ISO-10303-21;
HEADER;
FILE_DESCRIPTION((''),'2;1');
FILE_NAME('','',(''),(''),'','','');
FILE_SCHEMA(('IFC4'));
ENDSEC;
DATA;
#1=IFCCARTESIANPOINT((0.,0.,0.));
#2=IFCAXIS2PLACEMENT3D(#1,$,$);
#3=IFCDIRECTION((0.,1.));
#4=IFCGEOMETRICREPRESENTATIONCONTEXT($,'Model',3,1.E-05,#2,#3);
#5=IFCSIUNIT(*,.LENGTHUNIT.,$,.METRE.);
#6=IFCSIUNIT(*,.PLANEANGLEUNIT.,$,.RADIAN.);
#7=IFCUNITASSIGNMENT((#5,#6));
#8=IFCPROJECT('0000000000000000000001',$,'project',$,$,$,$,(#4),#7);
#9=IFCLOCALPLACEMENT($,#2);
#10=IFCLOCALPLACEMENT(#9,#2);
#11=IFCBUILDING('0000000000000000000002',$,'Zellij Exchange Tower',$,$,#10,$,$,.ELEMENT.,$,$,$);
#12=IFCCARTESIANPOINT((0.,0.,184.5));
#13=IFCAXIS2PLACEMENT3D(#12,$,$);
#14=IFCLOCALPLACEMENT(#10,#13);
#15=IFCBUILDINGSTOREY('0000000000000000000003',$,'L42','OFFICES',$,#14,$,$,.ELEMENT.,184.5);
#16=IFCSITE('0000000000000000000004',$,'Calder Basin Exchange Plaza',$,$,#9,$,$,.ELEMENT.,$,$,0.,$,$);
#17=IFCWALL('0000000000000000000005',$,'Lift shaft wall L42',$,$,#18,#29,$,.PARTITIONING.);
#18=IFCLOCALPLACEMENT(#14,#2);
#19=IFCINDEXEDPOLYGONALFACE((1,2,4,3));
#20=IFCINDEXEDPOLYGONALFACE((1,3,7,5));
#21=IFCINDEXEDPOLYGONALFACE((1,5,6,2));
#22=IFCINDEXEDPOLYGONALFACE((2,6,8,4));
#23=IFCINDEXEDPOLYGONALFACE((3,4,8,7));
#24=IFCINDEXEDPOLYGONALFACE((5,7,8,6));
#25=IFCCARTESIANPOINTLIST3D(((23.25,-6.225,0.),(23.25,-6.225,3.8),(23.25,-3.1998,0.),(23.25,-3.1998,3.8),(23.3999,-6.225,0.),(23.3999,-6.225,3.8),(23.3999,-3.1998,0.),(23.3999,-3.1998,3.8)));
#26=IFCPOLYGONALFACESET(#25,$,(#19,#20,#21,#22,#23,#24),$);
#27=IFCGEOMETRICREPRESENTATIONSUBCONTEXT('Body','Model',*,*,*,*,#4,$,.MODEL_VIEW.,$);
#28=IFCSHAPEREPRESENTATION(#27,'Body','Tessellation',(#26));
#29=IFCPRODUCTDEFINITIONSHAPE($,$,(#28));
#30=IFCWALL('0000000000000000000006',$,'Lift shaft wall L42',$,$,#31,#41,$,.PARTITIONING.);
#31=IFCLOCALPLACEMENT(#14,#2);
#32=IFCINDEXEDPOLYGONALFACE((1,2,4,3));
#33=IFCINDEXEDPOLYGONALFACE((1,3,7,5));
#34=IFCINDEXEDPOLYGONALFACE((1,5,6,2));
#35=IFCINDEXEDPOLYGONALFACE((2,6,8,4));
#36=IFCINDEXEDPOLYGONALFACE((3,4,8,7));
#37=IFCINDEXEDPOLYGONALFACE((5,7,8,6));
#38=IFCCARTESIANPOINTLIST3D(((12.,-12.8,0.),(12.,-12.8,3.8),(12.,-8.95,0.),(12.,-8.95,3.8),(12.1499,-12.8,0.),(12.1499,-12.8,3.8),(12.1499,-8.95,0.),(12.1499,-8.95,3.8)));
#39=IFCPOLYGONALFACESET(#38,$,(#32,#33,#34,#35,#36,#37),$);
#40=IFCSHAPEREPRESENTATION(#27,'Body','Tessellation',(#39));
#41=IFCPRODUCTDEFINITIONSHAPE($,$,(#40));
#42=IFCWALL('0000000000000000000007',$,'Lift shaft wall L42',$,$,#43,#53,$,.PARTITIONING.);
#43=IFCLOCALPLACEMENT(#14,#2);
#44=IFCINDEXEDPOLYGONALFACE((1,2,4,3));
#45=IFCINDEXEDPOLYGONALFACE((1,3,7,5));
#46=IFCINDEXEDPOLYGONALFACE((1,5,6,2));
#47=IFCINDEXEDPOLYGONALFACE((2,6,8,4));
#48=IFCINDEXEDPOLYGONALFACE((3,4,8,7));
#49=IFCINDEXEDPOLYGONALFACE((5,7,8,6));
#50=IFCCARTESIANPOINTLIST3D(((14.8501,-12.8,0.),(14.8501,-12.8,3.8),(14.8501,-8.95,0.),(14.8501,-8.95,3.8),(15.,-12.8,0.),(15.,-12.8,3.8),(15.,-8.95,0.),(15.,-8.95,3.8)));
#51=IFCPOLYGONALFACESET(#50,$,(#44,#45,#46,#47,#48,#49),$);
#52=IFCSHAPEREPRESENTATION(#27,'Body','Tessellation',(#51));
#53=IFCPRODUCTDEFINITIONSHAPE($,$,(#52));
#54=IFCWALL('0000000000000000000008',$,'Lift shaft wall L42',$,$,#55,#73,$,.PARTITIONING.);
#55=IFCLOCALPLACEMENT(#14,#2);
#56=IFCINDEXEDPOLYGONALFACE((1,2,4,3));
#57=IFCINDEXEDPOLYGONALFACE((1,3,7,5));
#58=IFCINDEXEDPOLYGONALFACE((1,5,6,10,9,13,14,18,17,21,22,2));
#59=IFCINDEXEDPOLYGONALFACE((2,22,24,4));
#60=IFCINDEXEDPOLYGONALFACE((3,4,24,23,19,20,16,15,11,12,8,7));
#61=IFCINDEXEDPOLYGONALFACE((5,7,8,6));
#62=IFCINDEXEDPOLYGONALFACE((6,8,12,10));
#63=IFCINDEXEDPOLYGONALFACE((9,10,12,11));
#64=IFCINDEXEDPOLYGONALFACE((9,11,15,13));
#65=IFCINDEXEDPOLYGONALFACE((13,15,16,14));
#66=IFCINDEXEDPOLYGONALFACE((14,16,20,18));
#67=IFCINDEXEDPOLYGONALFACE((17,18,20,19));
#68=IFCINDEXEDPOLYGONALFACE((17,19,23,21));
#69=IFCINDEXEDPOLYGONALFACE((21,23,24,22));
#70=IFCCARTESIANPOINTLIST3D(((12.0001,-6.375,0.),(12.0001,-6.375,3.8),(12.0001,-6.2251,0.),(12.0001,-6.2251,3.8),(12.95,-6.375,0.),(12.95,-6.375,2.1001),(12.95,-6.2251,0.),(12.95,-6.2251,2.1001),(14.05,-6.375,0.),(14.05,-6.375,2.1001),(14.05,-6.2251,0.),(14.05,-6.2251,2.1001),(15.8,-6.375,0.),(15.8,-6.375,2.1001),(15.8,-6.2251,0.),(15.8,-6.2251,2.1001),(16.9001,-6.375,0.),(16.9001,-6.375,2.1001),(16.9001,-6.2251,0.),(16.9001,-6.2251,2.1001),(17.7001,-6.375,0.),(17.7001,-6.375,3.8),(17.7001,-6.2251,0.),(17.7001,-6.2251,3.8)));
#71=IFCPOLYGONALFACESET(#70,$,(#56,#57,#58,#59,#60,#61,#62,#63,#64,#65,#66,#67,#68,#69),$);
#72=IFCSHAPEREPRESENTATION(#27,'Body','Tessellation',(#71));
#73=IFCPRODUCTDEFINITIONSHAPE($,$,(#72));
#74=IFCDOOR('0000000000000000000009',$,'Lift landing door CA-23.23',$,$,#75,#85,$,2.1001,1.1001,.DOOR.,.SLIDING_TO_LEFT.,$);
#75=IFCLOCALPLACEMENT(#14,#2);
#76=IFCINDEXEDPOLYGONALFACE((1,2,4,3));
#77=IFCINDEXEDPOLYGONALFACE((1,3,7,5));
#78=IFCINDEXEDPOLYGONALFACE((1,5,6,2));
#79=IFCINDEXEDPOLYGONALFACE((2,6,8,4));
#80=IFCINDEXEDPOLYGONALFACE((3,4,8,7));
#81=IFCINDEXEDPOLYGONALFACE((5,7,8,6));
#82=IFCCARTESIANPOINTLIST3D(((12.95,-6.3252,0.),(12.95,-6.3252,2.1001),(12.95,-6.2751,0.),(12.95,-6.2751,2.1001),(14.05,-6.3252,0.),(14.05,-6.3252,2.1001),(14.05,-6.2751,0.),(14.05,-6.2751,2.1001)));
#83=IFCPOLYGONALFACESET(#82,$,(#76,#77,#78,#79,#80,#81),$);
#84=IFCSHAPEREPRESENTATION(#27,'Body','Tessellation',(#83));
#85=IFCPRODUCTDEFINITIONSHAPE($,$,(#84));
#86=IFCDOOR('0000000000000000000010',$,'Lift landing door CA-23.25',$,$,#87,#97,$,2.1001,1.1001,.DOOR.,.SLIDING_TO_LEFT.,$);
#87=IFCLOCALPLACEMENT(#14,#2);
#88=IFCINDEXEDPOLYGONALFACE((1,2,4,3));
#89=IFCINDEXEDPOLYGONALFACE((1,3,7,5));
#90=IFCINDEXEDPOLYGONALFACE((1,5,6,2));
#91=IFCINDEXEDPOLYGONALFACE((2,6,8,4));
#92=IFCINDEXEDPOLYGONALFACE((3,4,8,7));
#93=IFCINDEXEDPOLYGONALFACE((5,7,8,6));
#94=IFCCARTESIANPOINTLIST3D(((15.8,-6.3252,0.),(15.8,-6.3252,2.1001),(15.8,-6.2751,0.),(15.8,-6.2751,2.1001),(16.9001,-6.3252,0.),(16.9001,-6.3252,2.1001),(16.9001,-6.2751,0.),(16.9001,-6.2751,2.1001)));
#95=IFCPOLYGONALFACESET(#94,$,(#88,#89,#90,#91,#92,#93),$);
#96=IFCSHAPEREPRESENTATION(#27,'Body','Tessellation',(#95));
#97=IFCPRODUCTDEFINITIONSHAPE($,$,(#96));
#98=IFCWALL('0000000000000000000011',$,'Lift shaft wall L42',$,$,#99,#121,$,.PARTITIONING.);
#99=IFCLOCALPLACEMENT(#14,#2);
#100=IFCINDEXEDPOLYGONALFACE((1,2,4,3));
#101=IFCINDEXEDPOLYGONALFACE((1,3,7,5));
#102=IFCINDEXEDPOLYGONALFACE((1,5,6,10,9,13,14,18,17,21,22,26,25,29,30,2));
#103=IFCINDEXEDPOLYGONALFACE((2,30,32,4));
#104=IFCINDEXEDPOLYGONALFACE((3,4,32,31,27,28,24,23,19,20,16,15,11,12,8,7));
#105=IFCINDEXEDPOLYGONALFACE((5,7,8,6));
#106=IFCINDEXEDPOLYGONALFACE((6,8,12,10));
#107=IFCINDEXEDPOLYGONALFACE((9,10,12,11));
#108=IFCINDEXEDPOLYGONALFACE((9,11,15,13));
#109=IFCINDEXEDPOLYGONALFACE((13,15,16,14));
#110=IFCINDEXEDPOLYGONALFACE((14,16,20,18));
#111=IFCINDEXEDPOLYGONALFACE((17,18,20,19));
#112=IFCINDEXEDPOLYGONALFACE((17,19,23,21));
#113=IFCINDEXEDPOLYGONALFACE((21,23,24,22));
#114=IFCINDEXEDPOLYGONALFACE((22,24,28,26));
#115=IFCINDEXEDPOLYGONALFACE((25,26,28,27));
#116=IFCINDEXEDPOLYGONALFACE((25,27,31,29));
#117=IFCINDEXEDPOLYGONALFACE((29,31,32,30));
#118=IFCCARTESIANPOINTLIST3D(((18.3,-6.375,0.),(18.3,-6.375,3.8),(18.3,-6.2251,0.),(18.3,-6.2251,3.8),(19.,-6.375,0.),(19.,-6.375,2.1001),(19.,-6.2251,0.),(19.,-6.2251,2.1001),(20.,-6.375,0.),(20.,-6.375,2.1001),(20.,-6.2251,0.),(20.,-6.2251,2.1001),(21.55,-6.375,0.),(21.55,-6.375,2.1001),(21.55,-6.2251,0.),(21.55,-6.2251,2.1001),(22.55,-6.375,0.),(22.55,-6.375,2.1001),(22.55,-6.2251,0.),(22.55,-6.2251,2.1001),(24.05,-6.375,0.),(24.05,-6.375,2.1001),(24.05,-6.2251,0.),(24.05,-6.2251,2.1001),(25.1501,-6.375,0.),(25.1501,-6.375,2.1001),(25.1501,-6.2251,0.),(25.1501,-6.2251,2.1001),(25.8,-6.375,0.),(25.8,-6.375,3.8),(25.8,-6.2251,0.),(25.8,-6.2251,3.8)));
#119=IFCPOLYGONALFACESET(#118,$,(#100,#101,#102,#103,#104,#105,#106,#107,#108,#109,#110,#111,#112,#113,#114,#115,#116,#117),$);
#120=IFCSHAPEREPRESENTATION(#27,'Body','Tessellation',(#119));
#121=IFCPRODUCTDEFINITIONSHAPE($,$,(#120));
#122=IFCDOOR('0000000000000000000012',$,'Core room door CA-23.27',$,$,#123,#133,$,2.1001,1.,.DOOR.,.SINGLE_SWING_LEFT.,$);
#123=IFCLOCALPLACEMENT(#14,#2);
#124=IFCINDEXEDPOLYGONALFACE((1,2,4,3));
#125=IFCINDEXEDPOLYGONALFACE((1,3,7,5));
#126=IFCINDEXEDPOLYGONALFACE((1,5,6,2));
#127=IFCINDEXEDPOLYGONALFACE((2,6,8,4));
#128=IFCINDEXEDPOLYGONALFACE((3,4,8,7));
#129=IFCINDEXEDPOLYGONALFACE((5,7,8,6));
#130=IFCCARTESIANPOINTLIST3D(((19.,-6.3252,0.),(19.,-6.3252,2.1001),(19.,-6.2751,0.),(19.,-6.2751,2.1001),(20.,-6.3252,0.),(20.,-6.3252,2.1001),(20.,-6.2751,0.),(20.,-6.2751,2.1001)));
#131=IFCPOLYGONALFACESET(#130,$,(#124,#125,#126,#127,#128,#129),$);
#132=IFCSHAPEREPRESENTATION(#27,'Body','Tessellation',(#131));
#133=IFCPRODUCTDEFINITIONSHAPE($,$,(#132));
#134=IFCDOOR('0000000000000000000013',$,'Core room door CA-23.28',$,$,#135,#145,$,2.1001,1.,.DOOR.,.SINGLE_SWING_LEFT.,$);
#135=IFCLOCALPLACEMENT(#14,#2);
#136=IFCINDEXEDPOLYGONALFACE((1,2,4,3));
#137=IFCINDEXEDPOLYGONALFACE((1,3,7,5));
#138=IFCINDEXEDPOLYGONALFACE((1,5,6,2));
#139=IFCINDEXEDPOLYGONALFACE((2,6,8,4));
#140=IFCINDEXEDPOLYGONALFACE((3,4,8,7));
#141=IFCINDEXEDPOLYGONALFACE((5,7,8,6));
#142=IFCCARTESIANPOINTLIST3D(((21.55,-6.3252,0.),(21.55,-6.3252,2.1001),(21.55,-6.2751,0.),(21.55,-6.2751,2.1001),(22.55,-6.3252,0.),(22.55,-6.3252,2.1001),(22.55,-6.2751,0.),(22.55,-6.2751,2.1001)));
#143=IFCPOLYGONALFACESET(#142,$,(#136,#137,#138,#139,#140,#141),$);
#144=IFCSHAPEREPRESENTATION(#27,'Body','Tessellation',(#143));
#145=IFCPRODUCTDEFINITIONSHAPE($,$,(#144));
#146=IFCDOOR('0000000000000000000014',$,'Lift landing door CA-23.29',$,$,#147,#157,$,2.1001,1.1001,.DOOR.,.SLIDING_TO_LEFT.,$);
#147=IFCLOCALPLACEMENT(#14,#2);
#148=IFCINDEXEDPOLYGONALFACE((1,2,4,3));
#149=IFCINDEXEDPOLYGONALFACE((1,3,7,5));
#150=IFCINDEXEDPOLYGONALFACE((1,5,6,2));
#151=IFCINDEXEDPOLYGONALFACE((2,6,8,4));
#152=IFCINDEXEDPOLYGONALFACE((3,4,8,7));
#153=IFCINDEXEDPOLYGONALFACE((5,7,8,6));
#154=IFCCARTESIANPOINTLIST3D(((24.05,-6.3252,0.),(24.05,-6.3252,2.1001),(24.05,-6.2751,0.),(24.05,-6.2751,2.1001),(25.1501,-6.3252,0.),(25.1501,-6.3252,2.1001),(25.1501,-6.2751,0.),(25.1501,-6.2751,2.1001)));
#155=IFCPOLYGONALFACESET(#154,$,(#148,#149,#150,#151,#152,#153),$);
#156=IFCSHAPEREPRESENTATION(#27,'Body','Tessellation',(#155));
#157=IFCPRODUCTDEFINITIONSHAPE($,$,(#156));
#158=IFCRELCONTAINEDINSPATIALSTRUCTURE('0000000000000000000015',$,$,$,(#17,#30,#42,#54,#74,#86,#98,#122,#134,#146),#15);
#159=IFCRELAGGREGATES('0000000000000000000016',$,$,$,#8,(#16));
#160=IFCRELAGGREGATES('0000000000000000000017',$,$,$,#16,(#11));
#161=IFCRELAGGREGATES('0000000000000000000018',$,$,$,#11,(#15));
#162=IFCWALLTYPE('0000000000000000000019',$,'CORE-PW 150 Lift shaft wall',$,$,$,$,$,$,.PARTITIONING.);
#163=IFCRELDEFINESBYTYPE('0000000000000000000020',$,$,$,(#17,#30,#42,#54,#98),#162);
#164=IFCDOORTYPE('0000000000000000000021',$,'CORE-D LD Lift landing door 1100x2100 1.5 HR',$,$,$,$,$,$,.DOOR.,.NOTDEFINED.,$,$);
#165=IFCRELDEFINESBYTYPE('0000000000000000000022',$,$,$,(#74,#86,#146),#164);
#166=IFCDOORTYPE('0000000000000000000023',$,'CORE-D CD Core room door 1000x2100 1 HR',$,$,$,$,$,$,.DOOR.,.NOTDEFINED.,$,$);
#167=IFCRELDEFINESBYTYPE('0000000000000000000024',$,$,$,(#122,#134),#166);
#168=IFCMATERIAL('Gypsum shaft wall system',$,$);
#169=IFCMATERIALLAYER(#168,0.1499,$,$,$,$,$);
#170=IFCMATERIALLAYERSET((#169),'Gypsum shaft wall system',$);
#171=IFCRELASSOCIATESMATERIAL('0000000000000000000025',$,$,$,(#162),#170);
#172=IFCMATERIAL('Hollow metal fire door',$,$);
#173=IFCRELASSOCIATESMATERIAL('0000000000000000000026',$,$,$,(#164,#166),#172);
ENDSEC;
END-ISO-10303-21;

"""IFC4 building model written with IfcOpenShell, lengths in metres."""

from ifc_helpers import new_model, si_unit, direction, frame, frame_2d, origin, place, context, subcontext, project, spatial, rectangle, extrude, material, layer, layer_set, type_object, element, fill, save


model = new_model("IFC4")

# Units and contexts
model_context = context("Model", 3, precision=1e-05, world=origin(), true_north=direction((0.0, 1.0)))
body_context = subcontext(model_context, "Body", "Model", "MODEL_VIEW")
ifc_project = project(units=[si_unit("LENGTHUNIT", "METRE"), si_unit("PLANEANGLEUNIT", "RADIAN")], contexts=[model_context])

# Site, building, storey
site_placement = place(None, origin())
site = spatial("IfcSite", under=ifc_project, at=site_placement, Name="Calder Basin Exchange Plaza", CompositionType="ELEMENT", RefElevation=0.0)
building_placement = place(site_placement, origin())
building = spatial("IfcBuilding", under=site, at=building_placement, Name="Zellij Exchange Tower", CompositionType="ELEMENT")
storey_placement = place(building_placement, frame((0.0, 0.0, 184.5)))
storey = spatial("IfcBuildingStorey", under=building, at=storey_placement, Name="L42", Description="OFFICES", CompositionType="ELEMENT", Elevation=184.5)

# Shared definitions
ifc_material_1 = material(Name="Hollow metal fire door")

# Walls
ifc_material_2 = material(Name="Gypsum shaft wall system")
ifc_layer_1 = layer(ifc_material_2, 0.1499)
ifc_layer_set_1 = layer_set([ifc_layer_1], Name="Gypsum shaft wall system")
wall_type_1 = type_object("IfcWallType", Name="CORE-PW 150 Lift shaft wall", PredefinedType="PARTITIONING", material=ifc_layer_set_1)
for number, where, z_axis, x_axis, name in (
    (1, (23.325, -6.2251, 0.0), (0.0, 0.0, 1.0), (0.0, 1.0, 0.0), "Lift shaft wall L42"),
):
    element("IfcWall", number, at=place(storey_placement, frame(where, z_axis=z_axis, x_axis=x_axis)), inside=storey, type_object=wall_type_1, Name=name, PredefinedType="PARTITIONING", context=body_context, shape_type="SweptSolid", body=[
        extrude(rectangle(XDim=3.0251, YDim=0.1499, at=frame_2d((1.5127, 0.0))), origin(), (0.0, 0.0, 1.0), 3.8),
    ])
for number, where, z_axis, x_axis, name in (
    (2, (12.075, -12.8, 0.0), (0.0, 0.0, 1.0), (0.0, 1.0, 0.0), "Lift shaft wall L42"),
    (3, (14.925, -12.8, 0.0), (0.0, 0.0, 1.0), (0.0, 1.0, 0.0), "Lift shaft wall L42"),
):
    element("IfcWall", number, at=place(storey_placement, frame(where, z_axis=z_axis, x_axis=x_axis)), inside=storey, type_object=wall_type_1, Name=name, PredefinedType="PARTITIONING", context=body_context, shape_type="SweptSolid", body=[
        extrude(rectangle(XDim=3.8501, YDim=0.1499, at=frame_2d((1.925, 0.0))), origin(), (0.0, 0.0, 1.0), 3.8),
    ])

# Walls, openings, doors
wall_1_placement = place(storey_placement, frame((12.0, -6.3, 0.0), z_axis=(0.0, 0.0, 1.0), x_axis=(1.0, 0.0, 0.0)))
wall_1 = element("IfcWall", 4, at=wall_1_placement, inside=storey, type_object=wall_type_1, Name="Lift shaft wall L42", PredefinedType="PARTITIONING", context=body_context, shape_type="SweptSolid", body=[
    extrude(rectangle(XDim=5.7, YDim=0.1499, at=frame_2d((2.8501, 0.0))), origin(), (0.0, 0.0, 1.0), 3.8),
])
opening_1_placement = place(wall_1_placement, frame((0.95, 0.0, 0.0)))
opening_1 = element("IfcOpeningElement", 5, at=opening_1_placement, cuts=wall_1, PredefinedType="OPENING", context=body_context, shape_type="SweptSolid", body=[
    extrude(rectangle(XDim=1.1001, YDim=2.1001, at=frame_2d((0.55, 1.05))), frame((0.0, 0.0869, 0.0), z_axis=(0.0, -1.0, 0.0), x_axis=(1.0, 0.0, 0.0)), (0.0, 0.0, 1.0), 0.1738),
])
opening_2_placement = place(wall_1_placement, frame((3.8, 0.0, 0.0)))
opening_2 = element("IfcOpeningElement", 6, at=opening_2_placement, cuts=wall_1, PredefinedType="OPENING", context=body_context, shape_type="SweptSolid", body=[
    extrude(rectangle(XDim=1.1001, YDim=2.1001, at=frame_2d((0.55, 1.05))), frame((0.0, 0.0869, 0.0), z_axis=(0.0, -1.0, 0.0), x_axis=(1.0, 0.0, 0.0)), (0.0, 0.0, 1.0), 0.1738),
])
door_type_1 = type_object("IfcDoorType", Name="CORE-D LD Lift landing door 1100x2100 1.5 HR", OperationType="NOTDEFINED", PredefinedType="DOOR", material=ifc_material_1)
door_1_placement = place(opening_1_placement, origin())
door_1 = element("IfcDoor", 7, at=door_1_placement, inside=storey, type_object=door_type_1, Name="Lift landing door CA-23.23", OperationType="SLIDING_TO_LEFT", OverallHeight=2.1001, OverallWidth=1.1001, PredefinedType="DOOR", context=body_context, shape_type="SweptSolid", body=[
    extrude(rectangle(XDim=1.1001, YDim=2.1001, at=frame_2d((0.55, 1.05))), frame((0.0, 0.0249, 0.0), z_axis=(0.0, -1.0, 0.0), x_axis=(1.0, 0.0, 0.0)), (0.0, 0.0, 1.0), 0.05),
])
fill(opening_1, door_1)
door_2_placement = place(opening_2_placement, origin())
door_2 = element("IfcDoor", 8, at=door_2_placement, inside=storey, type_object=door_type_1, Name="Lift landing door CA-23.25", OperationType="SLIDING_TO_LEFT", OverallHeight=2.1001, OverallWidth=1.1001, PredefinedType="DOOR", context=body_context, shape_type="SweptSolid", body=[
    extrude(rectangle(XDim=1.1001, YDim=2.1001, at=frame_2d((0.55, 1.05))), frame((0.0, 0.0249, 0.0), z_axis=(0.0, -1.0, 0.0), x_axis=(1.0, 0.0, 0.0)), (0.0, 0.0, 1.0), 0.05),
])
fill(opening_2, door_2)
wall_2_placement = place(storey_placement, frame((18.3, -6.3, 0.0), z_axis=(0.0, 0.0, 1.0), x_axis=(1.0, 0.0, 0.0)))
wall_2 = element("IfcWall", 9, at=wall_2_placement, inside=storey, type_object=wall_type_1, Name="Lift shaft wall L42", PredefinedType="PARTITIONING", context=body_context, shape_type="SweptSolid", body=[
    extrude(rectangle(XDim=7.5, YDim=0.1499, at=frame_2d((3.75, 0.0))), origin(), (0.0, 0.0, 1.0), 3.8),
])
opening_3_placement = place(wall_2_placement, frame((0.7, 0.0, 0.0)))
opening_3 = element("IfcOpeningElement", 10, at=opening_3_placement, cuts=wall_2, PredefinedType="OPENING", context=body_context, shape_type="SweptSolid", body=[
    extrude(rectangle(XDim=1.0, YDim=2.1001, at=frame_2d((0.5, 1.05))), frame((0.0, 0.0869, 0.0), z_axis=(0.0, -1.0, 0.0), x_axis=(1.0, 0.0, 0.0)), (0.0, 0.0, 1.0), 0.1738),
])
opening_4_placement = place(wall_2_placement, frame((3.25, 0.0, 0.0)))
opening_4 = element("IfcOpeningElement", 11, at=opening_4_placement, cuts=wall_2, PredefinedType="OPENING", context=body_context, shape_type="SweptSolid", body=[
    extrude(rectangle(XDim=1.0, YDim=2.1001, at=frame_2d((0.5, 1.05))), frame((0.0, 0.0869, 0.0), z_axis=(0.0, -1.0, 0.0), x_axis=(1.0, 0.0, 0.0)), (0.0, 0.0, 1.0), 0.1738),
])
opening_5_placement = place(wall_2_placement, frame((5.75, 0.0, 0.0)))
opening_5 = element("IfcOpeningElement", 12, at=opening_5_placement, cuts=wall_2, PredefinedType="OPENING", context=body_context, shape_type="SweptSolid", body=[
    extrude(rectangle(XDim=1.1001, YDim=2.1001, at=frame_2d((0.55, 1.05))), frame((0.0, 0.0869, 0.0), z_axis=(0.0, -1.0, 0.0), x_axis=(1.0, 0.0, 0.0)), (0.0, 0.0, 1.0), 0.1738),
])
door_type_2 = type_object("IfcDoorType", Name="CORE-D CD Core room door 1000x2100 1 HR", OperationType="NOTDEFINED", PredefinedType="DOOR", material=ifc_material_1)
door_3_placement = place(opening_3_placement, origin())
door_3 = element("IfcDoor", 13, at=door_3_placement, inside=storey, type_object=door_type_2, Name="Core room door CA-23.27", OperationType="SINGLE_SWING_LEFT", OverallHeight=2.1001, OverallWidth=1.0, PredefinedType="DOOR", context=body_context, shape_type="SweptSolid", body=[
    extrude(rectangle(XDim=1.0, YDim=2.1001, at=frame_2d((0.5, 1.05))), frame((0.0, 0.0249, 0.0), z_axis=(0.0, -1.0, 0.0), x_axis=(1.0, 0.0, 0.0)), (0.0, 0.0, 1.0), 0.05),
])
fill(opening_3, door_3)
door_4_placement = place(opening_4_placement, origin())
door_4 = element("IfcDoor", 14, at=door_4_placement, inside=storey, type_object=door_type_2, Name="Core room door CA-23.28", OperationType="SINGLE_SWING_LEFT", OverallHeight=2.1001, OverallWidth=1.0, PredefinedType="DOOR", context=body_context, shape_type="SweptSolid", body=[
    extrude(rectangle(XDim=1.0, YDim=2.1001, at=frame_2d((0.5, 1.05))), frame((0.0, 0.0249, 0.0), z_axis=(0.0, -1.0, 0.0), x_axis=(1.0, 0.0, 0.0)), (0.0, 0.0, 1.0), 0.05),
])
fill(opening_4, door_4)
door_5_placement = place(opening_5_placement, origin())
door_5 = element("IfcDoor", 15, at=door_5_placement, inside=storey, type_object=door_type_1, Name="Lift landing door CA-23.29", OperationType="SLIDING_TO_LEFT", OverallHeight=2.1001, OverallWidth=1.1001, PredefinedType="DOOR", context=body_context, shape_type="SweptSolid", body=[
    extrude(rectangle(XDim=1.1001, YDim=2.1001, at=frame_2d((0.55, 1.05))), frame((0.0, 0.0249, 0.0), z_axis=(0.0, -1.0, 0.0), x_axis=(1.0, 0.0, 0.0)), (0.0, 0.0, 1.0), 0.05),
])
fill(opening_5, door_5)

save(model, "model.ifc")
